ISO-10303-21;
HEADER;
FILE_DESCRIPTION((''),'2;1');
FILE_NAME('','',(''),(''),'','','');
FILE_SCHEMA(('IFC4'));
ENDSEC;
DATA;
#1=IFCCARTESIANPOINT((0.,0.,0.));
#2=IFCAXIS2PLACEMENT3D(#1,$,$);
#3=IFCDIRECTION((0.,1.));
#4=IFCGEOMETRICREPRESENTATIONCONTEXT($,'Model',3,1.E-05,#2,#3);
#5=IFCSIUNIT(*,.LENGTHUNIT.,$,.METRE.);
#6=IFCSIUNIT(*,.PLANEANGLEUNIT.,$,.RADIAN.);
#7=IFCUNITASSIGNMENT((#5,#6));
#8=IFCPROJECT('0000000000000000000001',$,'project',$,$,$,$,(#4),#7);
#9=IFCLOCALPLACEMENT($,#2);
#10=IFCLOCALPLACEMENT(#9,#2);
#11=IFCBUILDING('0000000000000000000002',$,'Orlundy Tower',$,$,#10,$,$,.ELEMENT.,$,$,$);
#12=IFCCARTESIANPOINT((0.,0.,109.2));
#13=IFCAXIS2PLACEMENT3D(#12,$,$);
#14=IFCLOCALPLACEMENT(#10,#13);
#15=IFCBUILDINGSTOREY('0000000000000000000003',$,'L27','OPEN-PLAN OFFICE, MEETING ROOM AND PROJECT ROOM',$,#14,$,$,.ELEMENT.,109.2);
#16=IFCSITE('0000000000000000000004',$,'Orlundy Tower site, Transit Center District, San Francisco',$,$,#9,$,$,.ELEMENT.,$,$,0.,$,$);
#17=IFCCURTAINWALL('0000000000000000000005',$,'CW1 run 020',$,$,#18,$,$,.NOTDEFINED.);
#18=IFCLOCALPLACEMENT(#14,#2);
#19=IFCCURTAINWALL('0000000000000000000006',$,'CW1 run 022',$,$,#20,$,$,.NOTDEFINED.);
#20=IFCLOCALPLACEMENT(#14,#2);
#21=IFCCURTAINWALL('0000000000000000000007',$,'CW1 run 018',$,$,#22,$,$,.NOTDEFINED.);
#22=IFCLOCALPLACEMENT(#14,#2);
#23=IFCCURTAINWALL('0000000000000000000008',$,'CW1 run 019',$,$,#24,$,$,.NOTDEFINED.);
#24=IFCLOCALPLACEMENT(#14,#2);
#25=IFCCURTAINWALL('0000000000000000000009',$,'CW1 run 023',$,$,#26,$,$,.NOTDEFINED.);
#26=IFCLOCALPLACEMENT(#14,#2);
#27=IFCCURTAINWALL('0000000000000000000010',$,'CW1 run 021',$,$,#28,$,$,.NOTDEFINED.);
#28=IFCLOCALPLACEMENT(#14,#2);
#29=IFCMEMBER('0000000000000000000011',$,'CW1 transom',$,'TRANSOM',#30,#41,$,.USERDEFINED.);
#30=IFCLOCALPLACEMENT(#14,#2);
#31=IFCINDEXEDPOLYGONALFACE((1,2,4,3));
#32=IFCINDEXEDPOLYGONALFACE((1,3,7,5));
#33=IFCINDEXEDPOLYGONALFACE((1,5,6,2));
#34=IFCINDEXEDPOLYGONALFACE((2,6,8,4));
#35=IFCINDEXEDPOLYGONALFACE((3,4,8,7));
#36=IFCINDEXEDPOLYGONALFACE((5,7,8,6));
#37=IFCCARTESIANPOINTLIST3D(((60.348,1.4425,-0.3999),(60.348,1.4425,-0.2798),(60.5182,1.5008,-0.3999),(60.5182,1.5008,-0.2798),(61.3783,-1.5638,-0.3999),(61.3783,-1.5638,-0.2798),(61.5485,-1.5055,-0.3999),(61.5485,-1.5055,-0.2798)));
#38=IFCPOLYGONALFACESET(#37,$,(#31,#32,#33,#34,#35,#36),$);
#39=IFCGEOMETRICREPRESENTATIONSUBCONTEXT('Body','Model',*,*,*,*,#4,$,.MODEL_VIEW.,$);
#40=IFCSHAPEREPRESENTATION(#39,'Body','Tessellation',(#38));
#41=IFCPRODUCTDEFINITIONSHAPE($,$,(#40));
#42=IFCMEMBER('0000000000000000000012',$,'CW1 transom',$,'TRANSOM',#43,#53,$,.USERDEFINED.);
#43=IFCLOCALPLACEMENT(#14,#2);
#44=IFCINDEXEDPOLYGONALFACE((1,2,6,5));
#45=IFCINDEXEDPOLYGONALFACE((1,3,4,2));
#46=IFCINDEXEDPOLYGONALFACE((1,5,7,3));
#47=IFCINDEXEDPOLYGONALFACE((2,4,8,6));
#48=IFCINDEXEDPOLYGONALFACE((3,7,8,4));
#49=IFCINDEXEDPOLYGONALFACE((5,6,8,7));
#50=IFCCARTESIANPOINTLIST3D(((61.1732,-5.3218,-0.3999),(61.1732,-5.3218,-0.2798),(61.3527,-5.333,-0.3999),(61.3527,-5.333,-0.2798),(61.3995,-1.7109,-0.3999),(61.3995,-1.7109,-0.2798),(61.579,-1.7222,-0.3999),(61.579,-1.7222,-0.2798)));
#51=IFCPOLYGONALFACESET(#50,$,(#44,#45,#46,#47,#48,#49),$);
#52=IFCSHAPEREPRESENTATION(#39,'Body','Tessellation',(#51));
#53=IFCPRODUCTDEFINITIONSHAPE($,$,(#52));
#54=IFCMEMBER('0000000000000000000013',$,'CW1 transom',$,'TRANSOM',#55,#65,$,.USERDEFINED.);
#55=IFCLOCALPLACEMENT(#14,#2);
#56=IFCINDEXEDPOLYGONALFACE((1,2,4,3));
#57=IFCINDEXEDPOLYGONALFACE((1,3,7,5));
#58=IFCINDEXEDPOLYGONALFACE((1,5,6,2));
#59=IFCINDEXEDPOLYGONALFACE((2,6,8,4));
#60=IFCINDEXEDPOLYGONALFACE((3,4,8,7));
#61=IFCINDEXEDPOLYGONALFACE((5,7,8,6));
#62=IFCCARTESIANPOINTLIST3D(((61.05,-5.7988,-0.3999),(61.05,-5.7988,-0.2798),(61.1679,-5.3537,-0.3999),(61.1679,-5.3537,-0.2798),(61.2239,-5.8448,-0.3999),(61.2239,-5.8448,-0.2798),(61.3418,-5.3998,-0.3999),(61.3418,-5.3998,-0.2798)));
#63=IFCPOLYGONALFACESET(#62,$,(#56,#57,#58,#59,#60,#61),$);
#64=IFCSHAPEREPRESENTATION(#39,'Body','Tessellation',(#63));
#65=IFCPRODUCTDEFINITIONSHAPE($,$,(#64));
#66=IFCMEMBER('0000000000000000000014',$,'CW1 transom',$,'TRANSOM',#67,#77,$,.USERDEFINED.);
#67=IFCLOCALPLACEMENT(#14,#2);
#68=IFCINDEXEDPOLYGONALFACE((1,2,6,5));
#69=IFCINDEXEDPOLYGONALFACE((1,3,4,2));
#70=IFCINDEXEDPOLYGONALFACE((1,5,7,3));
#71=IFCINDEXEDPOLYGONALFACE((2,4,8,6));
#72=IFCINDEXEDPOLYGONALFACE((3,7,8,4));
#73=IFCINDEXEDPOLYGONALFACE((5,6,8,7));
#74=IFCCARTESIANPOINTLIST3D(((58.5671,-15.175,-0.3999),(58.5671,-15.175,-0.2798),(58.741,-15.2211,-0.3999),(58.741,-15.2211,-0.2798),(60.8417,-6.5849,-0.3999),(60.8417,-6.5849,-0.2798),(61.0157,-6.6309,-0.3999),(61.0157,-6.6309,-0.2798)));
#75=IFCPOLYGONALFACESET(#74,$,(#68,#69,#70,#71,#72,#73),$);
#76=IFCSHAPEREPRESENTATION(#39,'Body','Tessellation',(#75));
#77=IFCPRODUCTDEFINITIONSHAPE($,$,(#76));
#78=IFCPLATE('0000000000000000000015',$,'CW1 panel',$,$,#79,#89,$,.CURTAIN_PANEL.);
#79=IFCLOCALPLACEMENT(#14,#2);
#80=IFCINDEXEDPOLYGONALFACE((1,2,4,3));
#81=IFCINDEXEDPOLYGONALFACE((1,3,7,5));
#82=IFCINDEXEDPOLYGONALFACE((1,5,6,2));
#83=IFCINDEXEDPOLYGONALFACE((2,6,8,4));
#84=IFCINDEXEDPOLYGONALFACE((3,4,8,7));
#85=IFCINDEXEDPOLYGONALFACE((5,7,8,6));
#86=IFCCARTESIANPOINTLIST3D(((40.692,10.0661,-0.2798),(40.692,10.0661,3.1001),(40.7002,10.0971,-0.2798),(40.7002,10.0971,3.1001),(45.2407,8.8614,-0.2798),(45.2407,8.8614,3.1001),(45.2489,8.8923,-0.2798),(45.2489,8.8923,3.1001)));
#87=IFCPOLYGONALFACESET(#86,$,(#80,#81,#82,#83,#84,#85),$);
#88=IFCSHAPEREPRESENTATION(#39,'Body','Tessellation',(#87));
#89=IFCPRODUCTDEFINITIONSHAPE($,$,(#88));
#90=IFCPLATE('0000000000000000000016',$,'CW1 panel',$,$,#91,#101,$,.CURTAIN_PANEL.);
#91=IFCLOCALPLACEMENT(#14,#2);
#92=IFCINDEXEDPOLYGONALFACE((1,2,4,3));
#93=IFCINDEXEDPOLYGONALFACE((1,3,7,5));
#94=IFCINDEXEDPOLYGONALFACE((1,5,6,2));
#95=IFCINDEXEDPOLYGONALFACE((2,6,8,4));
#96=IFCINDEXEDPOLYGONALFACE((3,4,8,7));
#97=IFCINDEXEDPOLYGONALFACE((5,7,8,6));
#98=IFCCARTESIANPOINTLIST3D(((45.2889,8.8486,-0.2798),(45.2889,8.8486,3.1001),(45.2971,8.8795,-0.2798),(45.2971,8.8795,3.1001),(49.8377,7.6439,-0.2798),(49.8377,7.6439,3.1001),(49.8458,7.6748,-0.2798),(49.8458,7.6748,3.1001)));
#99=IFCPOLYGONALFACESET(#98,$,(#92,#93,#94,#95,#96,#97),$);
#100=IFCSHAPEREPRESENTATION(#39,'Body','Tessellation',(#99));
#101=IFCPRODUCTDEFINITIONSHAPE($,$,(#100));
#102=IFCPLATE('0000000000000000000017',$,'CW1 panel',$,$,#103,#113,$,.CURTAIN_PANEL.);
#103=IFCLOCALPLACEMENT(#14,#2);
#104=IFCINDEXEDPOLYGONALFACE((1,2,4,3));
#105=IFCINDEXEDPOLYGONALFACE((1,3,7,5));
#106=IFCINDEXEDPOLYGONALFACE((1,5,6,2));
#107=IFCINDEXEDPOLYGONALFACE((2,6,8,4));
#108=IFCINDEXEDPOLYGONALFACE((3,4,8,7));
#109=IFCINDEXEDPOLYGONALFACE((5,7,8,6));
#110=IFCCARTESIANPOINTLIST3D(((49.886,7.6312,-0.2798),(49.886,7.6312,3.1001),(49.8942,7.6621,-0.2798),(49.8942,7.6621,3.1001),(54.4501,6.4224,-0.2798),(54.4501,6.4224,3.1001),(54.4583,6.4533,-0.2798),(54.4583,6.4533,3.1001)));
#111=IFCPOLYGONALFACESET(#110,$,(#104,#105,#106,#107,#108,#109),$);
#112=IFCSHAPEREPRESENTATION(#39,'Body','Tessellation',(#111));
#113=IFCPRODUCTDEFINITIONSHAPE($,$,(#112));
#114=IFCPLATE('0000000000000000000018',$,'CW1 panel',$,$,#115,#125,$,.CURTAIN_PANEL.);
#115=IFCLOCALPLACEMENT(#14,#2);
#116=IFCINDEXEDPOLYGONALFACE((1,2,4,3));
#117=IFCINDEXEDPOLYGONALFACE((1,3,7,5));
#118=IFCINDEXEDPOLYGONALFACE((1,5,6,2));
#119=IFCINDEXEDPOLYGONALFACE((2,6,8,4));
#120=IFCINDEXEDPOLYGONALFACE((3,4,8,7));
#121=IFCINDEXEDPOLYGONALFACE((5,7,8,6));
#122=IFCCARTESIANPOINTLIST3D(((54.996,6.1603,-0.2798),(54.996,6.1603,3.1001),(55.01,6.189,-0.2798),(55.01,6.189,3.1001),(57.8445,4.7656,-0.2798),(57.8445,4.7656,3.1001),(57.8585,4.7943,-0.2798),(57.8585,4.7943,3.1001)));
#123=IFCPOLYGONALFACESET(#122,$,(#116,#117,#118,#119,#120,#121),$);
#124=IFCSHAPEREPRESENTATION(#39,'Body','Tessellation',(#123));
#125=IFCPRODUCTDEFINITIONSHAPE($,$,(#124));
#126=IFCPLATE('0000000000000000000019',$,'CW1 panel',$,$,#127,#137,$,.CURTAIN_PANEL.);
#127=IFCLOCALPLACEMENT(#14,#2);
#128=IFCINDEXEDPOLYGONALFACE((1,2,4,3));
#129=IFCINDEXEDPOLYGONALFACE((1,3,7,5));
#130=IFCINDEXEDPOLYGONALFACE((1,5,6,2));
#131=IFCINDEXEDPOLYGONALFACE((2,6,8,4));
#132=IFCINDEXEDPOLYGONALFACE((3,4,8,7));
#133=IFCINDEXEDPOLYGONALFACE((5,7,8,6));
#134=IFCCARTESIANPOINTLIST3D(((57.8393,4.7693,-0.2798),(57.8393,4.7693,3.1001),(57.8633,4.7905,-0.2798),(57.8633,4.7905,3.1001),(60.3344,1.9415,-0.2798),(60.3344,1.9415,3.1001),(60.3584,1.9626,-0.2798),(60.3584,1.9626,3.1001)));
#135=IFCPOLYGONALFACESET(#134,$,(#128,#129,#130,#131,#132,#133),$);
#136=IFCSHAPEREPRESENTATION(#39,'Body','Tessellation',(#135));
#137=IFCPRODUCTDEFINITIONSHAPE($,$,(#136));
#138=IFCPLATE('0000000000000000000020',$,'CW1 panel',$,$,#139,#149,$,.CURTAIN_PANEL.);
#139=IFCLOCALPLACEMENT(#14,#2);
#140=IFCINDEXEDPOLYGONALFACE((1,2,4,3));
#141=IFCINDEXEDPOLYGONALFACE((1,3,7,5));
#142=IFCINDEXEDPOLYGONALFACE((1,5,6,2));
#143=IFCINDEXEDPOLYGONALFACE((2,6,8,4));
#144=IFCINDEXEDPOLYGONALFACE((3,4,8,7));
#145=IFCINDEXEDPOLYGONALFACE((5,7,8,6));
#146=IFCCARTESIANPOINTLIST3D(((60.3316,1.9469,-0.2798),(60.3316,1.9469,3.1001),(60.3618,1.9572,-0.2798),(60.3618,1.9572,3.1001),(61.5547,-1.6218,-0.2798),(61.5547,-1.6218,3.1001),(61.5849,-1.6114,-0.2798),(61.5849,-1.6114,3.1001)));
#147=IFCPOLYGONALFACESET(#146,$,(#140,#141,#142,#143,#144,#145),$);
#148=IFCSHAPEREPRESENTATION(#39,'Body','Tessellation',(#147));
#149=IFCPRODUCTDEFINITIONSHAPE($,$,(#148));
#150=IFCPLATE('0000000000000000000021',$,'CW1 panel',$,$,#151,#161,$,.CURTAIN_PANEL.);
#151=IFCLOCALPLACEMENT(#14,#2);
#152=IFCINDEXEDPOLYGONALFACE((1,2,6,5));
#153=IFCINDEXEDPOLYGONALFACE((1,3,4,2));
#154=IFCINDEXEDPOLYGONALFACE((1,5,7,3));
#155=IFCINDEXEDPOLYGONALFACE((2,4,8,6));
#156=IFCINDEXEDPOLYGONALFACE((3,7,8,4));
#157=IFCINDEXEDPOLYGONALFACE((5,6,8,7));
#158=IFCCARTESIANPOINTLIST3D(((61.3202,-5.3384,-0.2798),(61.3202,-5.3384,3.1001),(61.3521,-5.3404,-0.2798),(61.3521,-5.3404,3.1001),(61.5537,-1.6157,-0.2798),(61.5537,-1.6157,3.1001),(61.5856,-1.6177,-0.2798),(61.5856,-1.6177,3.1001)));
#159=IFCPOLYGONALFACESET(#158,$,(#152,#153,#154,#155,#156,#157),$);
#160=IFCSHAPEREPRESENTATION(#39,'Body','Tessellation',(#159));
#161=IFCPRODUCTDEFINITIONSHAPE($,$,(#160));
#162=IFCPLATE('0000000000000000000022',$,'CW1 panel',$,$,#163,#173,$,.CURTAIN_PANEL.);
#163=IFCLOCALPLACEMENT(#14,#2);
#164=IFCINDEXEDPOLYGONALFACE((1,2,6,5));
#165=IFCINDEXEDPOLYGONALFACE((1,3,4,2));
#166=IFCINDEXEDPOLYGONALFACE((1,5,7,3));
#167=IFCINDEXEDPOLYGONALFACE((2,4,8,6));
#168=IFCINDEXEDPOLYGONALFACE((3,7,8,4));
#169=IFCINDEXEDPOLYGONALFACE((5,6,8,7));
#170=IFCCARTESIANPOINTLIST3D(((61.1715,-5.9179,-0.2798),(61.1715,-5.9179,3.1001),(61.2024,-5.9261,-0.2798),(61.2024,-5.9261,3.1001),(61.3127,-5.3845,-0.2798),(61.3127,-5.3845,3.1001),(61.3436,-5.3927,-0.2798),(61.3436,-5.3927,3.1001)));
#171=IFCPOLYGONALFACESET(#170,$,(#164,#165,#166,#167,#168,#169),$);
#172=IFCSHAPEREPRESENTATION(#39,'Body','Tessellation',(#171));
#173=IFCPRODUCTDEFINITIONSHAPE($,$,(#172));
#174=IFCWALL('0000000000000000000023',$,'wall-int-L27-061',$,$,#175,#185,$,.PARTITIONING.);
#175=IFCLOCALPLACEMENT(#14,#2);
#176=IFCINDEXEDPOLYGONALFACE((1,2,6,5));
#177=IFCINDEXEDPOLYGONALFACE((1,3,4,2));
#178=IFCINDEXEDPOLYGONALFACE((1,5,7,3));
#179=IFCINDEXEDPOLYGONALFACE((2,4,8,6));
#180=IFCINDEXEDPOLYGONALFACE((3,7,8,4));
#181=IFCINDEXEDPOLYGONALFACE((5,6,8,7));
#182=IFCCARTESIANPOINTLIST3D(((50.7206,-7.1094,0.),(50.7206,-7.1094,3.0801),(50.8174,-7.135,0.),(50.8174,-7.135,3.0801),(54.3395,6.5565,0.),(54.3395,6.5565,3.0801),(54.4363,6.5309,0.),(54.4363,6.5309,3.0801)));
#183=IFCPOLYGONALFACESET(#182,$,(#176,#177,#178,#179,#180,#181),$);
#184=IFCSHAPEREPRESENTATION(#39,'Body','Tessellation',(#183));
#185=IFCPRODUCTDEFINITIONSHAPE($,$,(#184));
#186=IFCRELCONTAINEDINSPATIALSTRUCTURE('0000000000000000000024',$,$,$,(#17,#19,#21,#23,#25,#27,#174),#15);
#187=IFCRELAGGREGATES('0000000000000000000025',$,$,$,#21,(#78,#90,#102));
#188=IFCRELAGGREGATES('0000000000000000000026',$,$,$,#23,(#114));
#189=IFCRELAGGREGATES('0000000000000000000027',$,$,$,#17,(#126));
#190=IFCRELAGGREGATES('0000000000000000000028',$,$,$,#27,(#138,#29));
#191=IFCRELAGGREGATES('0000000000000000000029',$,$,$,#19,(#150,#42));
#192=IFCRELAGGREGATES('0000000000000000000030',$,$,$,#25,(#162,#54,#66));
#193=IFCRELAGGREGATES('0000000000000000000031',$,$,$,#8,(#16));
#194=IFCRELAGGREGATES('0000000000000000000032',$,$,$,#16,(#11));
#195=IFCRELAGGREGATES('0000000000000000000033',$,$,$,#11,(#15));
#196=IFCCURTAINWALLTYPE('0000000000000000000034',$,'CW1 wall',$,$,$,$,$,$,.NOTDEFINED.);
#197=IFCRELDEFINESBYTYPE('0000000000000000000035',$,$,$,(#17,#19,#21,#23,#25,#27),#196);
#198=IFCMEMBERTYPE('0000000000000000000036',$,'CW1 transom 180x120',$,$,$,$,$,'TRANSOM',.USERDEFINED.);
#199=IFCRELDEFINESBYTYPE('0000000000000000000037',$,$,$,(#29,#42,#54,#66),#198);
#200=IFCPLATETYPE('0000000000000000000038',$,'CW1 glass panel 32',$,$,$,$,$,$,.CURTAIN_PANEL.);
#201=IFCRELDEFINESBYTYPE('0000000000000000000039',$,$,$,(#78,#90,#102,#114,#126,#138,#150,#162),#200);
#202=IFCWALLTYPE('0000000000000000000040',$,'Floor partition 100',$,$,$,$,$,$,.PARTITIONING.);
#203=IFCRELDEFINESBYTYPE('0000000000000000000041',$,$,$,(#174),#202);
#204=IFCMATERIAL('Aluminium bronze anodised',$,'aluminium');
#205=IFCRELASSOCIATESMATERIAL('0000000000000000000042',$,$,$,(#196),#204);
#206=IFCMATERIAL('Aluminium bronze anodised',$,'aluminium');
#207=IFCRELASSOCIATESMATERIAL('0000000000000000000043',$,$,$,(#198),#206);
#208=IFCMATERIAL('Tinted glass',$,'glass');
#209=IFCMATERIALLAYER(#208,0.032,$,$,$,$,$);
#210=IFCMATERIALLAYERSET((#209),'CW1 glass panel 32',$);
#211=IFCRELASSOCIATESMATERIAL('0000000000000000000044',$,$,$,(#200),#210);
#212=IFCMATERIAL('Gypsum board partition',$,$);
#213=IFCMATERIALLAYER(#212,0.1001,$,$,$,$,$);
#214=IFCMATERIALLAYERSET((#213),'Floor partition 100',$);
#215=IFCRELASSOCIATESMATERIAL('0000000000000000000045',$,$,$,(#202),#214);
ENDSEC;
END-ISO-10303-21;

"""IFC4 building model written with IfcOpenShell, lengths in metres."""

from ifc_helpers import new_model, si_unit, direction, frame, frame_2d, origin, origin_2d, place, context, subcontext, project, spatial, rectangle, extrude, material, layer, layer_set, material_profile, profile_set, type_object, element, aggregate, save


model = new_model("IFC4")

# Units and contexts
model_context = context("Model", 3, precision=1e-05, world=origin(), true_north=direction((0.0, 1.0)))
body_context = subcontext(model_context, "Body", "Model", "MODEL_VIEW")
ifc_project = project(units=[si_unit("LENGTHUNIT", "METRE"), si_unit("PLANEANGLEUNIT", "RADIAN")], contexts=[model_context])

# Site, building, storey
site_placement = place(None, origin())
site = spatial("IfcSite", under=ifc_project, at=site_placement, Name="Orlundy Tower site, Transit Center District, San Francisco", CompositionType="ELEMENT", RefElevation=0.0)
building_placement = place(site_placement, origin())
building = spatial("IfcBuilding", under=site, at=building_placement, Name="Orlundy Tower", CompositionType="ELEMENT")
storey_placement = place(building_placement, frame((0.0, 0.0, 109.2)))
storey = spatial("IfcBuildingStorey", under=building, at=storey_placement, Name="L27", Description="OPEN-PLAN OFFICE, MEETING ROOM AND PROJECT ROOM", CompositionType="ELEMENT", Elevation=109.2)

# Curtain walls
ifc_material_1 = material(Name="Aluminium bronze anodised", Category="aluminium")
curtain_wall_type = type_object("IfcCurtainWallType", Name="CW1 wall", PredefinedType="NOTDEFINED", material=ifc_material_1)
curtain_wall_1_placement = place(storey_placement, origin())
curtain_wall_1 = element("IfcCurtainWall", 1, at=curtain_wall_1_placement, inside=storey, type_object=curtain_wall_type, Name="CW1 run 020", PredefinedType="NOTDEFINED")
curtain_wall_2_placement = place(storey_placement, origin())
curtain_wall_2 = element("IfcCurtainWall", 2, at=curtain_wall_2_placement, inside=storey, type_object=curtain_wall_type, Name="CW1 run 022", PredefinedType="NOTDEFINED")

# Curtain wall
curtain_wall_3_placement = place(storey_placement, origin())
curtain_wall_3 = element("IfcCurtainWall", 3, at=curtain_wall_3_placement, inside=storey, type_object=curtain_wall_type, Name="CW1 run 018", PredefinedType="NOTDEFINED")

# Curtain walls
curtain_wall_4_placement = place(storey_placement, origin())
curtain_wall_4 = element("IfcCurtainWall", 4, at=curtain_wall_4_placement, inside=storey, type_object=curtain_wall_type, Name="CW1 run 019", PredefinedType="NOTDEFINED")
curtain_wall_5_placement = place(storey_placement, origin())
curtain_wall_5 = element("IfcCurtainWall", 5, at=curtain_wall_5_placement, inside=storey, type_object=curtain_wall_type, Name="CW1 run 023", PredefinedType="NOTDEFINED")

# Shared definitions
ifc_material_2 = material(Name="Aluminium bronze anodised", Category="aluminium")
ifc_material_profile_1 = material_profile(ifc_material_2, rectangle(XDim=0.1799, YDim=0.1201, at=origin_2d()), Name="CW1 transom 180x120")
ifc_profile_set_1 = profile_set([ifc_material_profile_1], Name="Aluminium bronze anodised")
member_type_1 = type_object("IfcMemberType", Name="CW1 transom 180x120", ElementType="TRANSOM", PredefinedType="USERDEFINED", material=ifc_profile_set_1)

# Curtain wall, member
curtain_wall_6_placement = place(storey_placement, origin())
curtain_wall_6 = element("IfcCurtainWall", 6, at=curtain_wall_6_placement, inside=storey, type_object=curtain_wall_type, Name="CW1 run 021", PredefinedType="NOTDEFINED")
member_1_placement = place(storey_placement, frame((60.4331, 1.4717, -0.3398), z_axis=(0.324191, -0.945992, 0.0), x_axis=(0.945992, 0.324191, 0.0)))
member_1 = element("IfcMember", 7, at=member_1_placement, type_object=member_type_1, Name="CW1 transom", ObjectType="TRANSOM", PredefinedType="USERDEFINED", context=body_context, shape_type="SweptSolid", body=[
    extrude(rectangle(XDim=0.1799, YDim=0.1201, at=origin_2d()), origin(), (0.0, 0.0, 1.0), 3.178),
])

# Members
member_2_placement = place(storey_placement, frame((61.4893, -1.7166, -0.3398), z_axis=(-0.062555, -0.998042, 0.0), x_axis=(0.998042, -0.062555, 0.0)))
member_2 = element("IfcMember", 8, at=member_2_placement, type_object=member_type_1, Name="CW1 transom", ObjectType="TRANSOM", PredefinedType="USERDEFINED", context=body_context, shape_type="SweptSolid", body=[
    extrude(rectangle(XDim=0.1799, YDim=0.1201, at=origin_2d()), origin(), (0.0, 0.0, 1.0), 3.6179),
])
member_3_placement = place(storey_placement, frame((61.2549, -5.3767, -0.3398), z_axis=(-0.256111, -0.966647, 0.0), x_axis=(0.966647, -0.256111, 0.0)))
member_3 = element("IfcMember", 9, at=member_3_placement, type_object=member_type_1, Name="CW1 transom", ObjectType="TRANSOM", PredefinedType="USERDEFINED", context=body_context, shape_type="SweptSolid", body=[
    extrude(rectangle(XDim=0.1799, YDim=0.1201, at=origin_2d()), origin(), (0.0, 0.0, 1.0), 0.4604),
])
member_4_placement = place(storey_placement, frame((60.9287, -6.6079, -0.3398), z_axis=(-0.255978, -0.966683, 0.0), x_axis=(0.966683, -0.255978, 0.0)))
member_4 = element("IfcMember", 10, at=member_4_placement, type_object=member_type_1, Name="CW1 transom", ObjectType="TRANSOM", PredefinedType="USERDEFINED", context=body_context, shape_type="SweptSolid", body=[
    extrude(rectangle(XDim=0.1799, YDim=0.1201, at=origin_2d()), origin(), (0.0, 0.0, 1.0), 8.8862),
])

# Plates
ifc_material_3 = material(Name="Tinted glass", Category="glass")
ifc_layer_1 = layer(ifc_material_3, 0.032)
ifc_layer_set_1 = layer_set([ifc_layer_1], Name="CW1 glass panel 32")
plate_type = type_object("IfcPlateType", Name="CW1 glass panel 32", PredefinedType="CURTAIN_PANEL", material=ifc_layer_set_1)
plate_1_placement = place(storey_placement, frame((42.9705, 9.4792, -0.2798), z_axis=(0.0, 0.0, 1.0), x_axis=(0.966672, -0.25602, 0.0)))
plate_1 = element("IfcPlate", 11, at=plate_1_placement, type_object=plate_type, Name="CW1 panel", PredefinedType="CURTAIN_PANEL", context=body_context, shape_type="SweptSolid", body=[
    extrude(rectangle(XDim=4.7056, YDim=0.032, at=origin_2d()), origin(), (0.0, 0.0, 1.0), 3.3799),
])
plate_2_placement = place(storey_placement, frame((47.5674, 8.2617, -0.2798), z_axis=(0.0, 0.0, 1.0), x_axis=(0.966672, -0.25602, 0.0)))
plate_2 = element("IfcPlate", 12, at=plate_2_placement, type_object=plate_type, Name="CW1 panel", PredefinedType="CURTAIN_PANEL", context=body_context, shape_type="SweptSolid", body=[
    extrude(rectangle(XDim=4.7056, YDim=0.032, at=origin_2d()), origin(), (0.0, 0.0, 1.0), 3.3799),
])
plate_3_placement = place(storey_placement, frame((52.1721, 7.0422, -0.2798), z_axis=(0.0, 0.0, 1.0), x_axis=(0.966672, -0.25602, 0.0)))
plate_3 = element("IfcPlate", 13, at=plate_3_placement, type_object=plate_type, Name="CW1 panel", PredefinedType="CURTAIN_PANEL", context=body_context, shape_type="SweptSolid", body=[
    extrude(rectangle(XDim=4.7214, YDim=0.032, at=origin_2d()), origin(), (0.0, 0.0, 1.0), 3.3799),
])
aggregate(curtain_wall_3, [plate_1, plate_2, plate_3])
plate_4_placement = place(storey_placement, frame((56.4272, 5.4773, -0.2798), z_axis=(0.0, 0.0, 1.0), x_axis=(0.898119, -0.439752, 0.0)))
plate_4 = element("IfcPlate", 14, at=plate_4_placement, type_object=plate_type, Name="CW1 panel", PredefinedType="CURTAIN_PANEL", context=body_context, shape_type="SweptSolid", body=[
    extrude(rectangle(XDim=3.1716, YDim=0.032, at=origin_2d()), origin(), (0.0, 0.0, 1.0), 3.3799),
])
aggregate(curtain_wall_4, [plate_4])
plate_5_placement = place(storey_placement, frame((59.0989, 3.366, -0.2798), z_axis=(0.0, 0.0, 1.0), x_axis=(0.661613, -0.749846, 0.0)))
plate_5 = element("IfcPlate", 15, at=plate_5_placement, type_object=plate_type, Name="CW1 panel", PredefinedType="CURTAIN_PANEL", context=body_context, shape_type="SweptSolid", body=[
    extrude(rectangle(XDim=3.7712, YDim=0.032, at=origin_2d()), origin(), (0.0, 0.0, 1.0), 3.3799),
])
aggregate(curtain_wall_1, [plate_5])
plate_6_placement = place(storey_placement, frame((60.9583, 0.1677, -0.2798), z_axis=(0.0, 0.0, 1.0), x_axis=(0.324228, -0.945979, 0.0)))
plate_6 = element("IfcPlate", 16, at=plate_6_placement, type_object=plate_type, Name="CW1 panel", PredefinedType="CURTAIN_PANEL", context=body_context, shape_type="SweptSolid", body=[
    extrude(rectangle(XDim=3.7725, YDim=0.032, at=origin_2d()), origin(), (0.0, 0.0, 1.0), 3.3799),
])
aggregate(curtain_wall_6, [plate_6, member_1])
plate_7_placement = place(storey_placement, frame((61.4529, -3.478, -0.2798), z_axis=(0.0, 0.0, 1.0), x_axis=(-0.062597, -0.998039, 0.0)))
plate_7 = element("IfcPlate", 17, at=plate_7_placement, type_object=plate_type, Name="CW1 panel", PredefinedType="CURTAIN_PANEL", context=body_context, shape_type="SweptSolid", body=[
    extrude(rectangle(XDim=3.73, YDim=0.032, at=origin_2d()), origin(), (0.0, 0.0, 1.0), 3.3799),
])
aggregate(curtain_wall_2, [plate_7, member_2])
plate_8_placement = place(storey_placement, frame((61.2576, -5.6553, -0.2798), z_axis=(0.0, 0.0, 1.0), x_axis=(-0.255991, -0.966679, 0.0)))
plate_8 = element("IfcPlate", 18, at=plate_8_placement, type_object=plate_type, Name="CW1 panel", PredefinedType="CURTAIN_PANEL", context=body_context, shape_type="SweptSolid", body=[
    extrude(rectangle(XDim=0.5518, YDim=0.032, at=origin_2d()), origin(), (0.0, 0.0, 1.0), 3.3799),
])
aggregate(curtain_wall_5, [plate_8, member_3, member_4])

# Wall
ifc_material_4 = material(Name="Gypsum board partition")
ifc_layer_2 = layer(ifc_material_4, 0.1001)
ifc_layer_set_2 = layer_set([ifc_layer_2], Name="Floor partition 100")
wall_type = type_object("IfcWallType", Name="Floor partition 100", PredefinedType="PARTITIONING", material=ifc_layer_set_2)
wall_placement = place(storey_placement, frame((50.769, -7.1221, 0.0), z_axis=(0.0, 0.0, 1.0), x_axis=(0.255987, 0.96668, 0.0)))
element("IfcWall", 19, at=wall_placement, inside=storey, type_object=wall_type, Name="wall-int-L27-061", PredefinedType="PARTITIONING", context=body_context, shape_type="SweptSolid", body=[
    extrude(rectangle(XDim=14.137, YDim=0.1001, at=frame_2d((7.0684, 0.0))), origin(), (0.0, 0.0, 1.0), 3.0801),
])

save(model, "model.ifc")
